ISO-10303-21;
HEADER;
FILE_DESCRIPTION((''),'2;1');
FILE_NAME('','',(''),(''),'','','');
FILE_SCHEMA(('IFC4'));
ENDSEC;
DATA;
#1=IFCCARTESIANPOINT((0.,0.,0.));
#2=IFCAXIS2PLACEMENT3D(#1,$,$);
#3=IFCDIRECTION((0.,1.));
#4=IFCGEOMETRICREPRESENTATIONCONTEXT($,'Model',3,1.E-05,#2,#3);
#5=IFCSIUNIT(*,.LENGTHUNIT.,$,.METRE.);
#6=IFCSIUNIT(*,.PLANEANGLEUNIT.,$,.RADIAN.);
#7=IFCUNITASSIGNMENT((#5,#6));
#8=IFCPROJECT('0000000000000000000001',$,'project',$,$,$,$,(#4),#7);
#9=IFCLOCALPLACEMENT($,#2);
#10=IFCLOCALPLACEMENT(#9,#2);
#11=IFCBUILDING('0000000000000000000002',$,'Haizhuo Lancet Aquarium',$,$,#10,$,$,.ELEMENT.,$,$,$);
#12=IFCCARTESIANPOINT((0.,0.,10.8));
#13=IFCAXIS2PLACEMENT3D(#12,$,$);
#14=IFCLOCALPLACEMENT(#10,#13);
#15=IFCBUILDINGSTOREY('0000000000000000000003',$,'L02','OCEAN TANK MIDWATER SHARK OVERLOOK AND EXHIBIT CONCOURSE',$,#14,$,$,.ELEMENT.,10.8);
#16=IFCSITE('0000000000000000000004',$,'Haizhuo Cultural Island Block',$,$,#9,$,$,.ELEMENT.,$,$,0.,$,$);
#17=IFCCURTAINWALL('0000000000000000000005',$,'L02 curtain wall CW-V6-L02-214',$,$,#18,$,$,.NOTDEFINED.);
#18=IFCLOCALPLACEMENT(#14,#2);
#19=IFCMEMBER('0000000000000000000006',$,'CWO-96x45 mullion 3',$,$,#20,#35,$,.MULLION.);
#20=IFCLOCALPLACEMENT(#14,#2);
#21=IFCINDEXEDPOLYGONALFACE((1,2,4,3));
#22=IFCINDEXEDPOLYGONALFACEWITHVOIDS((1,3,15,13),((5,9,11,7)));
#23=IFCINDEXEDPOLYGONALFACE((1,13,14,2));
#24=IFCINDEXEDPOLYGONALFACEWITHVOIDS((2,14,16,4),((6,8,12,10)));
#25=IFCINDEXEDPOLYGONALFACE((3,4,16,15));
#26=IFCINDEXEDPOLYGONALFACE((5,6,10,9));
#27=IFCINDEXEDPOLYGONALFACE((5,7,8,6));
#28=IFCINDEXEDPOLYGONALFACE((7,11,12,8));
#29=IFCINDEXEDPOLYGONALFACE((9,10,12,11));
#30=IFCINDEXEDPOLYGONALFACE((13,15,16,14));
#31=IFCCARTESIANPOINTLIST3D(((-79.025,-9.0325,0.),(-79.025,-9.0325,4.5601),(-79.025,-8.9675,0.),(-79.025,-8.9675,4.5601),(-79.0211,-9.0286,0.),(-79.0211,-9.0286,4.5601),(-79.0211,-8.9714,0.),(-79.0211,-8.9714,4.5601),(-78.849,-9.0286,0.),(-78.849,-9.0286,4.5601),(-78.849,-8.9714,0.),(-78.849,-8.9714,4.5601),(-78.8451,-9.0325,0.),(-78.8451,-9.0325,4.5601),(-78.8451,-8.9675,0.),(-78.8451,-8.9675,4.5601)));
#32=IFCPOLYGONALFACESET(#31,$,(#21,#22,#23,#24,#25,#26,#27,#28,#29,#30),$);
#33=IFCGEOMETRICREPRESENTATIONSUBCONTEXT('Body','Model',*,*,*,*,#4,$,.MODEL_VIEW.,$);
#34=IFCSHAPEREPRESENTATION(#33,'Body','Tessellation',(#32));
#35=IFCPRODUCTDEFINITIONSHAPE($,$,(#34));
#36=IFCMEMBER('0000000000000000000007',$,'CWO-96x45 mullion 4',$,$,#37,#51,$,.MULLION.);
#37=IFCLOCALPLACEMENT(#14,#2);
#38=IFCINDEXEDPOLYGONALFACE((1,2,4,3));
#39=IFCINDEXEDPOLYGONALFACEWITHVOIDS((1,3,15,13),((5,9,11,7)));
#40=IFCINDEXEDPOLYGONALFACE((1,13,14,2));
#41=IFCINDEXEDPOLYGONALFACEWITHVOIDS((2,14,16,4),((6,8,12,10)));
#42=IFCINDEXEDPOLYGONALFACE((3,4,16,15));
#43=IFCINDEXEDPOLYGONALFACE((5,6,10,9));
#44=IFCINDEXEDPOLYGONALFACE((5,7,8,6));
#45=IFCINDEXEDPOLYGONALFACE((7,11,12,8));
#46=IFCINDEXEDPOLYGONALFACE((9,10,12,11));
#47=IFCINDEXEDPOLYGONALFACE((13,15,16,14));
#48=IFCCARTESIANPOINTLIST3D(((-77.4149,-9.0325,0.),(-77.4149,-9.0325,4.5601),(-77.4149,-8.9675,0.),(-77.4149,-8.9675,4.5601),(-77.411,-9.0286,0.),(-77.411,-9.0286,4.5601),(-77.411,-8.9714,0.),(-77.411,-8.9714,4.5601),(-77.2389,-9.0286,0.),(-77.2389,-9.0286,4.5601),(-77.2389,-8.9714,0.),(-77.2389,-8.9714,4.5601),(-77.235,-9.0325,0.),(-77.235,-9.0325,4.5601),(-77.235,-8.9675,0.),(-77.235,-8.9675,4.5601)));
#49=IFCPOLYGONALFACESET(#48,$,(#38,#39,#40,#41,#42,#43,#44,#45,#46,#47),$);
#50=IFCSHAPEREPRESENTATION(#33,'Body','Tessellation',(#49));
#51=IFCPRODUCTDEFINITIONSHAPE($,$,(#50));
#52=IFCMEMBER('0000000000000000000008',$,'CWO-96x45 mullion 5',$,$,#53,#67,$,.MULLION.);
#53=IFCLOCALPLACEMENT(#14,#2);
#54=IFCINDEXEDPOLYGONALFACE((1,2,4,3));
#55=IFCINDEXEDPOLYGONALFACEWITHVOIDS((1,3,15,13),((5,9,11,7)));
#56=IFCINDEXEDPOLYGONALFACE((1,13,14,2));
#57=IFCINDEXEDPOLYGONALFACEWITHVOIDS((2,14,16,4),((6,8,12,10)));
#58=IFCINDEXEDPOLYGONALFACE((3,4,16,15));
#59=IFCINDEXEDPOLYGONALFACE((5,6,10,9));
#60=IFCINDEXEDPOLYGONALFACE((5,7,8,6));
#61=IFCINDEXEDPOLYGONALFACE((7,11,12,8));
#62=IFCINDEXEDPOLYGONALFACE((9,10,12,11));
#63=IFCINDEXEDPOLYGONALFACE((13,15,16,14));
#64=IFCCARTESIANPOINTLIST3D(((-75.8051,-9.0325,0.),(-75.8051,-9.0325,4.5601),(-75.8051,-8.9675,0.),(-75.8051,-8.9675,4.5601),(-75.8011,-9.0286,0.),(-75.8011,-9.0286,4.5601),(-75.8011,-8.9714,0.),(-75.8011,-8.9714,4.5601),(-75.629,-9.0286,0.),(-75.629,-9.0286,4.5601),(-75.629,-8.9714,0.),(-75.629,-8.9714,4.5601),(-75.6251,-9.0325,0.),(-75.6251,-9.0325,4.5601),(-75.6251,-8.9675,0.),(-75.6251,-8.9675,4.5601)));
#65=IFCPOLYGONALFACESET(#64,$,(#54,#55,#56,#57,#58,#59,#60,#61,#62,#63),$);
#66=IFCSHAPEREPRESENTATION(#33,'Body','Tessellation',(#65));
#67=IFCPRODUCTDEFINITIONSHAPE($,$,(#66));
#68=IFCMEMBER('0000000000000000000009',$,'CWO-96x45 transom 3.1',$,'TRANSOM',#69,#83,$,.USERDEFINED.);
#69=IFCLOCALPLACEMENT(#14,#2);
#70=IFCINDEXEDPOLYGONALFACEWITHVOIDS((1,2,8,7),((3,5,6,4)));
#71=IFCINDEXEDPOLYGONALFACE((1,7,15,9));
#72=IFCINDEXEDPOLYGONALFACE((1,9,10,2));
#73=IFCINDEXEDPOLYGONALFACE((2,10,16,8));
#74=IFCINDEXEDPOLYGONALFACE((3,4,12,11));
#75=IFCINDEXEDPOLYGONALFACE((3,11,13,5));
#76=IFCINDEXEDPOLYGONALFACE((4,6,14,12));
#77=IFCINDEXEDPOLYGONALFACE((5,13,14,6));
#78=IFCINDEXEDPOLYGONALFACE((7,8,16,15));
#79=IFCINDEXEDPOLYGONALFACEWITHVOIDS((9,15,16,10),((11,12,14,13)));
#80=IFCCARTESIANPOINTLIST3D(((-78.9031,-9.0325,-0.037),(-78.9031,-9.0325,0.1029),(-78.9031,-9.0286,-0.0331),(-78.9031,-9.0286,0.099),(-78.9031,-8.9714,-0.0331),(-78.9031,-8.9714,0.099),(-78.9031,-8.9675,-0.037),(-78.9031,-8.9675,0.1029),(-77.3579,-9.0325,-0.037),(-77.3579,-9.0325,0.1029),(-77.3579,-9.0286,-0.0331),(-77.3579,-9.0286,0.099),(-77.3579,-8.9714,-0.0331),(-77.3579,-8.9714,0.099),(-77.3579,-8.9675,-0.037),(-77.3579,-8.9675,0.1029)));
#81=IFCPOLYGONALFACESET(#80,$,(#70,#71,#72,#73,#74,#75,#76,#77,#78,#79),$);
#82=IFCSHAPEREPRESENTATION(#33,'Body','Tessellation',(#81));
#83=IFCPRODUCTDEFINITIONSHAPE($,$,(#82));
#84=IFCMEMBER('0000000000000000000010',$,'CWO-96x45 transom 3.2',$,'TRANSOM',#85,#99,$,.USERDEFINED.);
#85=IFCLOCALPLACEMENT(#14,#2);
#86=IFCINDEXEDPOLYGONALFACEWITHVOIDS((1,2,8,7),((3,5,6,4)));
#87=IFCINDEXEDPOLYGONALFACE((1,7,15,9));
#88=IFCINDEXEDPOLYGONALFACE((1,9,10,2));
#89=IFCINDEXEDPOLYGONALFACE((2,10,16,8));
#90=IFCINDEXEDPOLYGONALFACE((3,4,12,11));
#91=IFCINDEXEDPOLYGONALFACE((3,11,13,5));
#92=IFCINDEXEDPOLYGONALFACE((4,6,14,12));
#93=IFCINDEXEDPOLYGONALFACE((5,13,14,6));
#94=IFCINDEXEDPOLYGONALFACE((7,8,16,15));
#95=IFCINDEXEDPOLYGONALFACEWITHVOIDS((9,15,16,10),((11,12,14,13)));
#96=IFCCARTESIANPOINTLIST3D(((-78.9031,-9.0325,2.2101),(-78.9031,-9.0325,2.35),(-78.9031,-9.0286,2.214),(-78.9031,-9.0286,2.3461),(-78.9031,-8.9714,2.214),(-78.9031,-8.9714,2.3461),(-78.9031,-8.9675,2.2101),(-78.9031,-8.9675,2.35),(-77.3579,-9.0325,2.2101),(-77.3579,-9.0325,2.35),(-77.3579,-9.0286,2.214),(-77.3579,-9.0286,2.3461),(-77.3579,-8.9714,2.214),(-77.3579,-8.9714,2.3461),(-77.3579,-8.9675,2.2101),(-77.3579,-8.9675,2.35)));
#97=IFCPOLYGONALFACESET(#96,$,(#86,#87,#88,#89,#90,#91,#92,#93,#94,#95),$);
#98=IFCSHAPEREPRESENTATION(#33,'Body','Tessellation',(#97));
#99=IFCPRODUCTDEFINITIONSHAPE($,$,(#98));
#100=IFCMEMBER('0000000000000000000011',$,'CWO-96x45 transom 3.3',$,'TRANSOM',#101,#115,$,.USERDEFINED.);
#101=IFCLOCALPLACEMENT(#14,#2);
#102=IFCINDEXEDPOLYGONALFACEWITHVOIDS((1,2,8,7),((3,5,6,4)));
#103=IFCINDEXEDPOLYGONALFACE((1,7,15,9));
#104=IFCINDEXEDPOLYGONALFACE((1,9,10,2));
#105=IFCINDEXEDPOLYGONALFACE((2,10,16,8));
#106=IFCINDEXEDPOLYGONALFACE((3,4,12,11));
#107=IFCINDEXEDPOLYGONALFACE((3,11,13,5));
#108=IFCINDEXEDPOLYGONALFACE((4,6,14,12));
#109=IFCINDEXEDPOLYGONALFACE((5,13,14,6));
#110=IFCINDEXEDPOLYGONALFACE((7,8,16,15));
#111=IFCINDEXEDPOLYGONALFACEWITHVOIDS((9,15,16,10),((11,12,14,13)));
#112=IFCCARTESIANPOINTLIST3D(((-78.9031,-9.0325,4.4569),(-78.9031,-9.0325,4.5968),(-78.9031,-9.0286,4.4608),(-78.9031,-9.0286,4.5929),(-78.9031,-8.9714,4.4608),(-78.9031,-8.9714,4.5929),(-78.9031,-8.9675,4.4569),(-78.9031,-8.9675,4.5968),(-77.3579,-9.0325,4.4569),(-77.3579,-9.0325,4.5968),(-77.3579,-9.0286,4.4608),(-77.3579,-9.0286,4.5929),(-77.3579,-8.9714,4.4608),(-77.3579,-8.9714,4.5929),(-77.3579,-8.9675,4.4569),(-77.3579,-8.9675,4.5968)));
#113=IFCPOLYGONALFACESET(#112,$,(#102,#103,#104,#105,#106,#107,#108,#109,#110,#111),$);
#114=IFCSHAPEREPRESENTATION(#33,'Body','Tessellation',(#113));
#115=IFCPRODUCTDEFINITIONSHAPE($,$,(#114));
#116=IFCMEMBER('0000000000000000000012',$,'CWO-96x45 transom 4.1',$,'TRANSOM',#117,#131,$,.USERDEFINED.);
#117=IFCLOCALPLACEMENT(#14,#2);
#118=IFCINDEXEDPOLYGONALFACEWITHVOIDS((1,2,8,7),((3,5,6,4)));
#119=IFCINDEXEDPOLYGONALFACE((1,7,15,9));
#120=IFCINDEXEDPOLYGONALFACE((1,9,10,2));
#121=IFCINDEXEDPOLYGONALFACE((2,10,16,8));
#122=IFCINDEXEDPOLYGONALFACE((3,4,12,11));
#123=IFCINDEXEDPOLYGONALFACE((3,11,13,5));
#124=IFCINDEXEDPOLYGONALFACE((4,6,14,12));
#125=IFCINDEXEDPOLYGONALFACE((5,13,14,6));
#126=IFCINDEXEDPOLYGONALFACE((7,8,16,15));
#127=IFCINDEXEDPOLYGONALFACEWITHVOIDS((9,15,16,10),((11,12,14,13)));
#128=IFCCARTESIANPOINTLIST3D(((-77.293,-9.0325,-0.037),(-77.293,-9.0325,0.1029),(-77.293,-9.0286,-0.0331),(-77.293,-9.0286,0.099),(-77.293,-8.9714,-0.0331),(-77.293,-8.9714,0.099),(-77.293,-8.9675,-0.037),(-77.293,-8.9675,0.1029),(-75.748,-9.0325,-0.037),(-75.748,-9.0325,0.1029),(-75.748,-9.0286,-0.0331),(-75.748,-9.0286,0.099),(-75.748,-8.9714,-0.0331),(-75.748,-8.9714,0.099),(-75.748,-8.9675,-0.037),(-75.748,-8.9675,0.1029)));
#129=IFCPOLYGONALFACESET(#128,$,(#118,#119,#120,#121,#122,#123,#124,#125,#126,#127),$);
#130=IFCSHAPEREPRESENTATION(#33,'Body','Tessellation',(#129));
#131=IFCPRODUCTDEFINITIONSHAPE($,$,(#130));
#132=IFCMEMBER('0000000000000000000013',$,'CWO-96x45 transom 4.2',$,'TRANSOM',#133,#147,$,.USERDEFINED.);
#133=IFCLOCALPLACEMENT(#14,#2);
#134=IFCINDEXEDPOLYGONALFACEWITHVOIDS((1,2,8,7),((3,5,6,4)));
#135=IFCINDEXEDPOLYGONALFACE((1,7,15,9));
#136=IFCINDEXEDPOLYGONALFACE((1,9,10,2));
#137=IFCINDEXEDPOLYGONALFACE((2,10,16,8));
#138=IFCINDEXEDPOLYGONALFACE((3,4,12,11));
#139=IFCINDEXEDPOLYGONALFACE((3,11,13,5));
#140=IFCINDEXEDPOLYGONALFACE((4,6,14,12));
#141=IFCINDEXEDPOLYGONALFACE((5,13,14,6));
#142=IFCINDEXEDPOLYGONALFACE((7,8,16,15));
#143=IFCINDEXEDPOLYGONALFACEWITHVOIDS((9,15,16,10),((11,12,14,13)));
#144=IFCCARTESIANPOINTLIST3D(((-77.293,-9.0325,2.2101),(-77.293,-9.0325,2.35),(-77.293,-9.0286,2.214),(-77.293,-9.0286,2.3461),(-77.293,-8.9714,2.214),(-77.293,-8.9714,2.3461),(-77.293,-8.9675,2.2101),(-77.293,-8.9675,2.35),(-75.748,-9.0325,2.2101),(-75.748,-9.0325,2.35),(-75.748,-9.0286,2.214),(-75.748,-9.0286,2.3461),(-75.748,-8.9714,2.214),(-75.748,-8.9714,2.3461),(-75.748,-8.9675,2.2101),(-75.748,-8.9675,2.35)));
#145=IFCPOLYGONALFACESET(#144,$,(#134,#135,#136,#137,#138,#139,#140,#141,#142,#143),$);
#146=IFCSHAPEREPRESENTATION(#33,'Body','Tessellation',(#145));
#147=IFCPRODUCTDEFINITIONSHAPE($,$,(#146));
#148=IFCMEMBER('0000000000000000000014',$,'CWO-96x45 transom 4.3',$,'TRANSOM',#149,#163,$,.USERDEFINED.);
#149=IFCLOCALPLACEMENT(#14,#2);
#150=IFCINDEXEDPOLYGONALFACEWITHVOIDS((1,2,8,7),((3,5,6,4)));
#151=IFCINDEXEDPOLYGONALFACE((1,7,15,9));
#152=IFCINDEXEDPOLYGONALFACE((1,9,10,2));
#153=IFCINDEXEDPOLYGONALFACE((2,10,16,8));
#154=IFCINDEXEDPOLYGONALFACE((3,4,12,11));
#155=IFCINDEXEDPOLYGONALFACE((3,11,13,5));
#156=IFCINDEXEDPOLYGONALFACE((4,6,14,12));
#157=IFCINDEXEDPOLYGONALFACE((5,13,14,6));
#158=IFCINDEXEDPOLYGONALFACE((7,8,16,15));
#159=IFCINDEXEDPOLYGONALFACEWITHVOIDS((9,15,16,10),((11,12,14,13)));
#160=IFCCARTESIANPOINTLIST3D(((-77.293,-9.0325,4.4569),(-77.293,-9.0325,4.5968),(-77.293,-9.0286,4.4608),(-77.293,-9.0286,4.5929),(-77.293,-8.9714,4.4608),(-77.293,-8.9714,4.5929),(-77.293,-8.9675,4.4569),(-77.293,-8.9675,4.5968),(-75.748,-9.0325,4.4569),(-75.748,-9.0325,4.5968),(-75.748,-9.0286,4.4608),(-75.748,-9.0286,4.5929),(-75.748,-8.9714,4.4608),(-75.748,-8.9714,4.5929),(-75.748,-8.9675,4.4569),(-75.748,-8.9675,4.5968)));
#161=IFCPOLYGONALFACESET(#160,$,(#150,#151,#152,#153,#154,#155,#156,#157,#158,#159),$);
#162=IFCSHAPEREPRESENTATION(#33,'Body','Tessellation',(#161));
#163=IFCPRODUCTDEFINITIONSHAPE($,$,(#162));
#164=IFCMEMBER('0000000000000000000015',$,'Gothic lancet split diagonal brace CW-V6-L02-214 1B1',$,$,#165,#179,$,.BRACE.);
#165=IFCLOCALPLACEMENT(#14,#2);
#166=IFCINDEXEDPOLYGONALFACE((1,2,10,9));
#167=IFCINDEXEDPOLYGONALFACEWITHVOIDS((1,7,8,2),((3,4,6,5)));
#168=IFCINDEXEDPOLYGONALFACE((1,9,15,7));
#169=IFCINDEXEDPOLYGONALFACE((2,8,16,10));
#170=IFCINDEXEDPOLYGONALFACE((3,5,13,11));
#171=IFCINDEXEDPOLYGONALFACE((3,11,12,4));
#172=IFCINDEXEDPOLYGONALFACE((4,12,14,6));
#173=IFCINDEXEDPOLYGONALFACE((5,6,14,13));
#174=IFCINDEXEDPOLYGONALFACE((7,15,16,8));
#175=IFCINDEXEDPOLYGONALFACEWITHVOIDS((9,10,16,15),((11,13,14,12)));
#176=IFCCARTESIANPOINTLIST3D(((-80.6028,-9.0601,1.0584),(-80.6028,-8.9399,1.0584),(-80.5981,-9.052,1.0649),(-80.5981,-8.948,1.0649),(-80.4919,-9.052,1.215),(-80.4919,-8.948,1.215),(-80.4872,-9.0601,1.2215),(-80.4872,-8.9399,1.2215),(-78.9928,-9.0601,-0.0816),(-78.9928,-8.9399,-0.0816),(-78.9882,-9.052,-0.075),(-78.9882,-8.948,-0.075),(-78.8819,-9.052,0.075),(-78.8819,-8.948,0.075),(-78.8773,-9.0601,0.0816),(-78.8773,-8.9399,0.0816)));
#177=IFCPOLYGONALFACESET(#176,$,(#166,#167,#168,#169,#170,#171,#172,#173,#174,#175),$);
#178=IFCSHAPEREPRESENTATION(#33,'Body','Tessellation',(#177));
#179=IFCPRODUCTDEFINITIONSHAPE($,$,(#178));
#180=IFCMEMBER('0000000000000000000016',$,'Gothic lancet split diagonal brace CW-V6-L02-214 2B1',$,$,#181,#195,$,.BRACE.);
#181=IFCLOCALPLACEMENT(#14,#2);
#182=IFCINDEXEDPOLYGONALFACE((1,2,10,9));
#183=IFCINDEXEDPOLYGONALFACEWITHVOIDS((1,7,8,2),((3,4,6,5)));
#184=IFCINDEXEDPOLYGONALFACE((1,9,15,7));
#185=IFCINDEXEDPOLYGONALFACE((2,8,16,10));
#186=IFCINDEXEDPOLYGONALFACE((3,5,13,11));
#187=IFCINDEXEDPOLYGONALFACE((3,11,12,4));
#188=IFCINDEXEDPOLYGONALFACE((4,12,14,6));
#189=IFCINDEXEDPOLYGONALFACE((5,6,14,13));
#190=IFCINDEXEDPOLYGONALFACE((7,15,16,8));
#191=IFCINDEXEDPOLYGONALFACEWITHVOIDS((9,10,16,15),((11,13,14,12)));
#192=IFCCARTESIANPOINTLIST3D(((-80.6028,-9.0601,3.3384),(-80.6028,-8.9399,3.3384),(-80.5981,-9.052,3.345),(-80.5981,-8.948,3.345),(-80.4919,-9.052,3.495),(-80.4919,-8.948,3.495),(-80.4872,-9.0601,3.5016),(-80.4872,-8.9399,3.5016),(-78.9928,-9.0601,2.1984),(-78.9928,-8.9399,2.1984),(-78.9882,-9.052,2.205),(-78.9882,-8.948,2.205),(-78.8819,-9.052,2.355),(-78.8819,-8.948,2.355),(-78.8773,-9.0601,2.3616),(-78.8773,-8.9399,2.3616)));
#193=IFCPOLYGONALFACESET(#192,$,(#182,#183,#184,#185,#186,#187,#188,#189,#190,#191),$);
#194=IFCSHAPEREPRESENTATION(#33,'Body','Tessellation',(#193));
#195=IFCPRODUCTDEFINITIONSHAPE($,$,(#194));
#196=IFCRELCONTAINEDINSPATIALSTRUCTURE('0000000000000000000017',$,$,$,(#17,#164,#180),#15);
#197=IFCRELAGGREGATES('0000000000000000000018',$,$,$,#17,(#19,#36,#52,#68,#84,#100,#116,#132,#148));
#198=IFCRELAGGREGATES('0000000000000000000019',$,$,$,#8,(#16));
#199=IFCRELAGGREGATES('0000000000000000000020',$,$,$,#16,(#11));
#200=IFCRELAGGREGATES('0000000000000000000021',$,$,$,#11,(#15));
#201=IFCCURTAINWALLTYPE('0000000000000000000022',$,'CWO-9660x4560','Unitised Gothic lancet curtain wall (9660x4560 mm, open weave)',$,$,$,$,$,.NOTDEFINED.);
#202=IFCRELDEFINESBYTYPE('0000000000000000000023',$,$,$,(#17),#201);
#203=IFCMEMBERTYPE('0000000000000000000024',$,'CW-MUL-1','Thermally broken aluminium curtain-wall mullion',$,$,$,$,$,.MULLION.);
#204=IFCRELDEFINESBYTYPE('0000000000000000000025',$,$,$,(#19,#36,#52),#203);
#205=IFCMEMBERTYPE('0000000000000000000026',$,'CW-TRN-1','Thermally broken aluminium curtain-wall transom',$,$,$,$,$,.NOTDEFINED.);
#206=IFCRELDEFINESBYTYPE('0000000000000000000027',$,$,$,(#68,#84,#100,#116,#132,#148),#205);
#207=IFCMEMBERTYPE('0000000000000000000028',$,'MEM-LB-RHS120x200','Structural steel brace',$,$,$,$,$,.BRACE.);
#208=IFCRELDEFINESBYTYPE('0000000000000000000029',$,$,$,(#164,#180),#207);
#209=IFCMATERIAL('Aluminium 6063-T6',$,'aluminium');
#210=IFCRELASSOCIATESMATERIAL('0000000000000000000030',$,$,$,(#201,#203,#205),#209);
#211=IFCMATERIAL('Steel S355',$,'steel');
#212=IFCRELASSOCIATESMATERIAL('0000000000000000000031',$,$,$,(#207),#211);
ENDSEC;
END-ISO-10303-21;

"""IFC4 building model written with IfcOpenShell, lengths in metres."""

from ifc_helpers import new_model, si_unit, direction, frame, origin, origin_2d, place, context, subcontext, project, spatial, hollow_rectangle, extrude, material, material_profile, profile_set, type_object, element, aggregate, save


model = new_model("IFC4")

# Units and contexts
model_context = context("Model", 3, precision=1e-05, world=origin(), true_north=direction((0.0, 1.0)))
body_context = subcontext(model_context, "Body", "Model", "MODEL_VIEW")
ifc_project = project(units=[si_unit("LENGTHUNIT", "METRE"), si_unit("PLANEANGLEUNIT", "RADIAN")], contexts=[model_context])

# Site, building, storey
site_placement = place(None, origin())
site = spatial("IfcSite", under=ifc_project, at=site_placement, Name="Haizhuo Cultural Island Block", CompositionType="ELEMENT", RefElevation=0.0)
building_placement = place(site_placement, origin())
building = spatial("IfcBuilding", under=site, at=building_placement, Name="Haizhuo Lancet Aquarium", CompositionType="ELEMENT")
storey_placement = place(building_placement, frame((0.0, 0.0, 10.8)))
storey = spatial("IfcBuildingStorey", under=building, at=storey_placement, Name="L02", Description="OCEAN TANK MIDWATER SHARK OVERLOOK AND EXHIBIT CONCOURSE", CompositionType="ELEMENT", Elevation=10.8)

# Curtain wall, members
ifc_material_1 = material(Name="Aluminium 6063-T6", Category="aluminium")
curtain_wall_type = type_object("IfcCurtainWallType", Name="CWO-9660x4560", Description="Unitised Gothic lancet curtain wall (9660x4560 mm, open weave)", PredefinedType="NOTDEFINED", material=ifc_material_1)
curtain_wall_placement = place(storey_placement, origin())
curtain_wall = element("IfcCurtainWall", 1, at=curtain_wall_placement, inside=storey, type_object=curtain_wall_type, Name="L02 curtain wall CW-V6-L02-214", PredefinedType="NOTDEFINED")
ifc_material_profile_1 = material_profile(ifc_material_1, hollow_rectangle(XDim=0.0649, YDim=0.1799, WallThickness=0.0039, at=origin_2d()), Name="ALU-M 65x180x4")
ifc_profile_set_1 = profile_set([ifc_material_profile_1], Name="Aluminium 6063-T6")
member_type_1 = type_object("IfcMemberType", Name="CW-MUL-1", Description="Thermally broken aluminium curtain-wall mullion", PredefinedType="MULLION", material=ifc_profile_set_1)
member_1_placement = place(storey_placement, frame((-78.9351, -9.0, 0.0), z_axis=(0.0, 0.0, 1.0), x_axis=(0.0, 1.0, 0.0)))
member_1 = element("IfcMember", 2, at=member_1_placement, type_object=member_type_1, Name="CWO-96x45 mullion 3", PredefinedType="MULLION", context=body_context, shape_type="SweptSolid", body=[
    extrude(hollow_rectangle(XDim=0.0649, YDim=0.1799, WallThickness=0.0039, at=origin_2d()), origin(), (0.0, 0.0, 1.0), 4.5601),
])
member_2_placement = place(storey_placement, frame((-77.325, -9.0, 0.0), z_axis=(0.0, 0.0, 1.0), x_axis=(0.0, 1.0, 0.0)))
member_2 = element("IfcMember", 3, at=member_2_placement, type_object=member_type_1, Name="CWO-96x45 mullion 4", PredefinedType="MULLION", context=body_context, shape_type="SweptSolid", body=[
    extrude(hollow_rectangle(XDim=0.0649, YDim=0.1799, WallThickness=0.0039, at=origin_2d()), origin(), (0.0, 0.0, 1.0), 4.5601),
])
member_3_placement = place(storey_placement, frame((-75.7151, -9.0, 0.0), z_axis=(0.0, 0.0, 1.0), x_axis=(0.0, 1.0, 0.0)))
member_3 = element("IfcMember", 4, at=member_3_placement, type_object=member_type_1, Name="CWO-96x45 mullion 5", PredefinedType="MULLION", context=body_context, shape_type="SweptSolid", body=[
    extrude(hollow_rectangle(XDim=0.0649, YDim=0.1799, WallThickness=0.0039, at=origin_2d()), origin(), (0.0, 0.0, 1.0), 4.5601),
])
ifc_material_profile_2 = material_profile(ifc_material_1, hollow_rectangle(XDim=0.0649, YDim=0.1399, WallThickness=0.0039, at=origin_2d()), Name="ALU-T 65x140x4")
ifc_profile_set_2 = profile_set([ifc_material_profile_2], Name="Aluminium 6063-T6")
member_type_2 = type_object("IfcMemberType", Name="CW-TRN-1", Description="Thermally broken aluminium curtain-wall transom", PredefinedType="NOTDEFINED", material=ifc_profile_set_2)
member_4_placement = place(storey_placement, frame((-78.9031, -9.0, 0.033), z_axis=(1.0, 0.0, 0.0), x_axis=(0.0, 1.0, 0.0)))
member_4 = element("IfcMember", 5, at=member_4_placement, type_object=member_type_2, Name="CWO-96x45 transom 3.1", ObjectType="TRANSOM", PredefinedType="USERDEFINED", context=body_context, shape_type="SweptSolid", body=[
    extrude(hollow_rectangle(XDim=0.0649, YDim=0.1399, WallThickness=0.0039, at=origin_2d()), origin(), (0.0, 0.0, 1.0), 1.5452),
])
member_5_placement = place(storey_placement, frame((-78.9031, -9.0, 2.28), z_axis=(1.0, 0.0, 0.0), x_axis=(0.0, 1.0, 0.0)))
member_5 = element("IfcMember", 6, at=member_5_placement, type_object=member_type_2, Name="CWO-96x45 transom 3.2", ObjectType="TRANSOM", PredefinedType="USERDEFINED", context=body_context, shape_type="SweptSolid", body=[
    extrude(hollow_rectangle(XDim=0.0649, YDim=0.1399, WallThickness=0.0039, at=origin_2d()), origin(), (0.0, 0.0, 1.0), 1.5452),
])
member_6_placement = place(storey_placement, frame((-78.9031, -9.0, 4.5269), z_axis=(1.0, 0.0, 0.0), x_axis=(0.0, 1.0, 0.0)))
member_6 = element("IfcMember", 7, at=member_6_placement, type_object=member_type_2, Name="CWO-96x45 transom 3.3", ObjectType="TRANSOM", PredefinedType="USERDEFINED", context=body_context, shape_type="SweptSolid", body=[
    extrude(hollow_rectangle(XDim=0.0649, YDim=0.1399, WallThickness=0.0039, at=origin_2d()), origin(), (0.0, 0.0, 1.0), 1.5452),
])
member_7_placement = place(storey_placement, frame((-77.293, -9.0, 0.033), z_axis=(1.0, 0.0, 0.0), x_axis=(0.0, 1.0, 0.0)))
member_7 = element("IfcMember", 8, at=member_7_placement, type_object=member_type_2, Name="CWO-96x45 transom 4.1", ObjectType="TRANSOM", PredefinedType="USERDEFINED", context=body_context, shape_type="SweptSolid", body=[
    extrude(hollow_rectangle(XDim=0.0649, YDim=0.1399, WallThickness=0.0039, at=origin_2d()), origin(), (0.0, 0.0, 1.0), 1.5449),
])
member_8_placement = place(storey_placement, frame((-77.293, -9.0, 2.28), z_axis=(1.0, 0.0, 0.0), x_axis=(0.0, 1.0, 0.0)))
member_8 = element("IfcMember", 9, at=member_8_placement, type_object=member_type_2, Name="CWO-96x45 transom 4.2", ObjectType="TRANSOM", PredefinedType="USERDEFINED", context=body_context, shape_type="SweptSolid", body=[
    extrude(hollow_rectangle(XDim=0.0649, YDim=0.1399, WallThickness=0.0039, at=origin_2d()), origin(), (0.0, 0.0, 1.0), 1.5449),
])
member_9_placement = place(storey_placement, frame((-77.293, -9.0, 4.5269), z_axis=(1.0, 0.0, 0.0), x_axis=(0.0, 1.0, 0.0)))
member_9 = element("IfcMember", 10, at=member_9_placement, type_object=member_type_2, Name="CWO-96x45 transom 4.3", ObjectType="TRANSOM", PredefinedType="USERDEFINED", context=body_context, shape_type="SweptSolid", body=[
    extrude(hollow_rectangle(XDim=0.0649, YDim=0.1399, WallThickness=0.0039, at=origin_2d()), origin(), (0.0, 0.0, 1.0), 1.5449),
])

# Members
ifc_material_2 = material(Name="Steel S355", Category="steel")
ifc_material_profile_3 = material_profile(ifc_material_2, hollow_rectangle(XDim=0.1201, YDim=0.2, WallThickness=0.0081, at=origin_2d()), Name="RHS 120x200x8")
ifc_profile_set_3 = profile_set([ifc_material_profile_3], Name="Steel S355")
member_type_3 = type_object("IfcMemberType", Name="MEM-LB-RHS120x200", Description="Structural steel brace", PredefinedType="BRACE", material=ifc_profile_set_3)
for number, where, z_axis, x_axis, name in (
    (11, (-78.9351, -9.0, 0.0), (-0.816127, 0.0, 0.577873), (0.0, -1.0, 0.0), "Gothic lancet split diagonal brace CW-V6-L02-214 1B1"),
    (12, (-78.9351, -9.0, 2.28), (-0.816127, 0.0, 0.577873), (0.0, -1.0, 0.0), "Gothic lancet split diagonal brace CW-V6-L02-214 2B1"),
):
    element("IfcMember", number, at=place(storey_placement, frame(where, z_axis=z_axis, x_axis=x_axis)), inside=storey, type_object=member_type_3, Name=name, PredefinedType="BRACE", context=body_context, shape_type="SweptSolid", body=[
        extrude(hollow_rectangle(XDim=0.1201, YDim=0.2, WallThickness=0.0081, at=origin_2d()), origin(), (0.0, 0.0, 1.0), 1.9727),
    ])

aggregate(curtain_wall, [member_1, member_2, member_3, member_4, member_5, member_6, member_7, member_8, member_9])

save(model, "model.ifc")
